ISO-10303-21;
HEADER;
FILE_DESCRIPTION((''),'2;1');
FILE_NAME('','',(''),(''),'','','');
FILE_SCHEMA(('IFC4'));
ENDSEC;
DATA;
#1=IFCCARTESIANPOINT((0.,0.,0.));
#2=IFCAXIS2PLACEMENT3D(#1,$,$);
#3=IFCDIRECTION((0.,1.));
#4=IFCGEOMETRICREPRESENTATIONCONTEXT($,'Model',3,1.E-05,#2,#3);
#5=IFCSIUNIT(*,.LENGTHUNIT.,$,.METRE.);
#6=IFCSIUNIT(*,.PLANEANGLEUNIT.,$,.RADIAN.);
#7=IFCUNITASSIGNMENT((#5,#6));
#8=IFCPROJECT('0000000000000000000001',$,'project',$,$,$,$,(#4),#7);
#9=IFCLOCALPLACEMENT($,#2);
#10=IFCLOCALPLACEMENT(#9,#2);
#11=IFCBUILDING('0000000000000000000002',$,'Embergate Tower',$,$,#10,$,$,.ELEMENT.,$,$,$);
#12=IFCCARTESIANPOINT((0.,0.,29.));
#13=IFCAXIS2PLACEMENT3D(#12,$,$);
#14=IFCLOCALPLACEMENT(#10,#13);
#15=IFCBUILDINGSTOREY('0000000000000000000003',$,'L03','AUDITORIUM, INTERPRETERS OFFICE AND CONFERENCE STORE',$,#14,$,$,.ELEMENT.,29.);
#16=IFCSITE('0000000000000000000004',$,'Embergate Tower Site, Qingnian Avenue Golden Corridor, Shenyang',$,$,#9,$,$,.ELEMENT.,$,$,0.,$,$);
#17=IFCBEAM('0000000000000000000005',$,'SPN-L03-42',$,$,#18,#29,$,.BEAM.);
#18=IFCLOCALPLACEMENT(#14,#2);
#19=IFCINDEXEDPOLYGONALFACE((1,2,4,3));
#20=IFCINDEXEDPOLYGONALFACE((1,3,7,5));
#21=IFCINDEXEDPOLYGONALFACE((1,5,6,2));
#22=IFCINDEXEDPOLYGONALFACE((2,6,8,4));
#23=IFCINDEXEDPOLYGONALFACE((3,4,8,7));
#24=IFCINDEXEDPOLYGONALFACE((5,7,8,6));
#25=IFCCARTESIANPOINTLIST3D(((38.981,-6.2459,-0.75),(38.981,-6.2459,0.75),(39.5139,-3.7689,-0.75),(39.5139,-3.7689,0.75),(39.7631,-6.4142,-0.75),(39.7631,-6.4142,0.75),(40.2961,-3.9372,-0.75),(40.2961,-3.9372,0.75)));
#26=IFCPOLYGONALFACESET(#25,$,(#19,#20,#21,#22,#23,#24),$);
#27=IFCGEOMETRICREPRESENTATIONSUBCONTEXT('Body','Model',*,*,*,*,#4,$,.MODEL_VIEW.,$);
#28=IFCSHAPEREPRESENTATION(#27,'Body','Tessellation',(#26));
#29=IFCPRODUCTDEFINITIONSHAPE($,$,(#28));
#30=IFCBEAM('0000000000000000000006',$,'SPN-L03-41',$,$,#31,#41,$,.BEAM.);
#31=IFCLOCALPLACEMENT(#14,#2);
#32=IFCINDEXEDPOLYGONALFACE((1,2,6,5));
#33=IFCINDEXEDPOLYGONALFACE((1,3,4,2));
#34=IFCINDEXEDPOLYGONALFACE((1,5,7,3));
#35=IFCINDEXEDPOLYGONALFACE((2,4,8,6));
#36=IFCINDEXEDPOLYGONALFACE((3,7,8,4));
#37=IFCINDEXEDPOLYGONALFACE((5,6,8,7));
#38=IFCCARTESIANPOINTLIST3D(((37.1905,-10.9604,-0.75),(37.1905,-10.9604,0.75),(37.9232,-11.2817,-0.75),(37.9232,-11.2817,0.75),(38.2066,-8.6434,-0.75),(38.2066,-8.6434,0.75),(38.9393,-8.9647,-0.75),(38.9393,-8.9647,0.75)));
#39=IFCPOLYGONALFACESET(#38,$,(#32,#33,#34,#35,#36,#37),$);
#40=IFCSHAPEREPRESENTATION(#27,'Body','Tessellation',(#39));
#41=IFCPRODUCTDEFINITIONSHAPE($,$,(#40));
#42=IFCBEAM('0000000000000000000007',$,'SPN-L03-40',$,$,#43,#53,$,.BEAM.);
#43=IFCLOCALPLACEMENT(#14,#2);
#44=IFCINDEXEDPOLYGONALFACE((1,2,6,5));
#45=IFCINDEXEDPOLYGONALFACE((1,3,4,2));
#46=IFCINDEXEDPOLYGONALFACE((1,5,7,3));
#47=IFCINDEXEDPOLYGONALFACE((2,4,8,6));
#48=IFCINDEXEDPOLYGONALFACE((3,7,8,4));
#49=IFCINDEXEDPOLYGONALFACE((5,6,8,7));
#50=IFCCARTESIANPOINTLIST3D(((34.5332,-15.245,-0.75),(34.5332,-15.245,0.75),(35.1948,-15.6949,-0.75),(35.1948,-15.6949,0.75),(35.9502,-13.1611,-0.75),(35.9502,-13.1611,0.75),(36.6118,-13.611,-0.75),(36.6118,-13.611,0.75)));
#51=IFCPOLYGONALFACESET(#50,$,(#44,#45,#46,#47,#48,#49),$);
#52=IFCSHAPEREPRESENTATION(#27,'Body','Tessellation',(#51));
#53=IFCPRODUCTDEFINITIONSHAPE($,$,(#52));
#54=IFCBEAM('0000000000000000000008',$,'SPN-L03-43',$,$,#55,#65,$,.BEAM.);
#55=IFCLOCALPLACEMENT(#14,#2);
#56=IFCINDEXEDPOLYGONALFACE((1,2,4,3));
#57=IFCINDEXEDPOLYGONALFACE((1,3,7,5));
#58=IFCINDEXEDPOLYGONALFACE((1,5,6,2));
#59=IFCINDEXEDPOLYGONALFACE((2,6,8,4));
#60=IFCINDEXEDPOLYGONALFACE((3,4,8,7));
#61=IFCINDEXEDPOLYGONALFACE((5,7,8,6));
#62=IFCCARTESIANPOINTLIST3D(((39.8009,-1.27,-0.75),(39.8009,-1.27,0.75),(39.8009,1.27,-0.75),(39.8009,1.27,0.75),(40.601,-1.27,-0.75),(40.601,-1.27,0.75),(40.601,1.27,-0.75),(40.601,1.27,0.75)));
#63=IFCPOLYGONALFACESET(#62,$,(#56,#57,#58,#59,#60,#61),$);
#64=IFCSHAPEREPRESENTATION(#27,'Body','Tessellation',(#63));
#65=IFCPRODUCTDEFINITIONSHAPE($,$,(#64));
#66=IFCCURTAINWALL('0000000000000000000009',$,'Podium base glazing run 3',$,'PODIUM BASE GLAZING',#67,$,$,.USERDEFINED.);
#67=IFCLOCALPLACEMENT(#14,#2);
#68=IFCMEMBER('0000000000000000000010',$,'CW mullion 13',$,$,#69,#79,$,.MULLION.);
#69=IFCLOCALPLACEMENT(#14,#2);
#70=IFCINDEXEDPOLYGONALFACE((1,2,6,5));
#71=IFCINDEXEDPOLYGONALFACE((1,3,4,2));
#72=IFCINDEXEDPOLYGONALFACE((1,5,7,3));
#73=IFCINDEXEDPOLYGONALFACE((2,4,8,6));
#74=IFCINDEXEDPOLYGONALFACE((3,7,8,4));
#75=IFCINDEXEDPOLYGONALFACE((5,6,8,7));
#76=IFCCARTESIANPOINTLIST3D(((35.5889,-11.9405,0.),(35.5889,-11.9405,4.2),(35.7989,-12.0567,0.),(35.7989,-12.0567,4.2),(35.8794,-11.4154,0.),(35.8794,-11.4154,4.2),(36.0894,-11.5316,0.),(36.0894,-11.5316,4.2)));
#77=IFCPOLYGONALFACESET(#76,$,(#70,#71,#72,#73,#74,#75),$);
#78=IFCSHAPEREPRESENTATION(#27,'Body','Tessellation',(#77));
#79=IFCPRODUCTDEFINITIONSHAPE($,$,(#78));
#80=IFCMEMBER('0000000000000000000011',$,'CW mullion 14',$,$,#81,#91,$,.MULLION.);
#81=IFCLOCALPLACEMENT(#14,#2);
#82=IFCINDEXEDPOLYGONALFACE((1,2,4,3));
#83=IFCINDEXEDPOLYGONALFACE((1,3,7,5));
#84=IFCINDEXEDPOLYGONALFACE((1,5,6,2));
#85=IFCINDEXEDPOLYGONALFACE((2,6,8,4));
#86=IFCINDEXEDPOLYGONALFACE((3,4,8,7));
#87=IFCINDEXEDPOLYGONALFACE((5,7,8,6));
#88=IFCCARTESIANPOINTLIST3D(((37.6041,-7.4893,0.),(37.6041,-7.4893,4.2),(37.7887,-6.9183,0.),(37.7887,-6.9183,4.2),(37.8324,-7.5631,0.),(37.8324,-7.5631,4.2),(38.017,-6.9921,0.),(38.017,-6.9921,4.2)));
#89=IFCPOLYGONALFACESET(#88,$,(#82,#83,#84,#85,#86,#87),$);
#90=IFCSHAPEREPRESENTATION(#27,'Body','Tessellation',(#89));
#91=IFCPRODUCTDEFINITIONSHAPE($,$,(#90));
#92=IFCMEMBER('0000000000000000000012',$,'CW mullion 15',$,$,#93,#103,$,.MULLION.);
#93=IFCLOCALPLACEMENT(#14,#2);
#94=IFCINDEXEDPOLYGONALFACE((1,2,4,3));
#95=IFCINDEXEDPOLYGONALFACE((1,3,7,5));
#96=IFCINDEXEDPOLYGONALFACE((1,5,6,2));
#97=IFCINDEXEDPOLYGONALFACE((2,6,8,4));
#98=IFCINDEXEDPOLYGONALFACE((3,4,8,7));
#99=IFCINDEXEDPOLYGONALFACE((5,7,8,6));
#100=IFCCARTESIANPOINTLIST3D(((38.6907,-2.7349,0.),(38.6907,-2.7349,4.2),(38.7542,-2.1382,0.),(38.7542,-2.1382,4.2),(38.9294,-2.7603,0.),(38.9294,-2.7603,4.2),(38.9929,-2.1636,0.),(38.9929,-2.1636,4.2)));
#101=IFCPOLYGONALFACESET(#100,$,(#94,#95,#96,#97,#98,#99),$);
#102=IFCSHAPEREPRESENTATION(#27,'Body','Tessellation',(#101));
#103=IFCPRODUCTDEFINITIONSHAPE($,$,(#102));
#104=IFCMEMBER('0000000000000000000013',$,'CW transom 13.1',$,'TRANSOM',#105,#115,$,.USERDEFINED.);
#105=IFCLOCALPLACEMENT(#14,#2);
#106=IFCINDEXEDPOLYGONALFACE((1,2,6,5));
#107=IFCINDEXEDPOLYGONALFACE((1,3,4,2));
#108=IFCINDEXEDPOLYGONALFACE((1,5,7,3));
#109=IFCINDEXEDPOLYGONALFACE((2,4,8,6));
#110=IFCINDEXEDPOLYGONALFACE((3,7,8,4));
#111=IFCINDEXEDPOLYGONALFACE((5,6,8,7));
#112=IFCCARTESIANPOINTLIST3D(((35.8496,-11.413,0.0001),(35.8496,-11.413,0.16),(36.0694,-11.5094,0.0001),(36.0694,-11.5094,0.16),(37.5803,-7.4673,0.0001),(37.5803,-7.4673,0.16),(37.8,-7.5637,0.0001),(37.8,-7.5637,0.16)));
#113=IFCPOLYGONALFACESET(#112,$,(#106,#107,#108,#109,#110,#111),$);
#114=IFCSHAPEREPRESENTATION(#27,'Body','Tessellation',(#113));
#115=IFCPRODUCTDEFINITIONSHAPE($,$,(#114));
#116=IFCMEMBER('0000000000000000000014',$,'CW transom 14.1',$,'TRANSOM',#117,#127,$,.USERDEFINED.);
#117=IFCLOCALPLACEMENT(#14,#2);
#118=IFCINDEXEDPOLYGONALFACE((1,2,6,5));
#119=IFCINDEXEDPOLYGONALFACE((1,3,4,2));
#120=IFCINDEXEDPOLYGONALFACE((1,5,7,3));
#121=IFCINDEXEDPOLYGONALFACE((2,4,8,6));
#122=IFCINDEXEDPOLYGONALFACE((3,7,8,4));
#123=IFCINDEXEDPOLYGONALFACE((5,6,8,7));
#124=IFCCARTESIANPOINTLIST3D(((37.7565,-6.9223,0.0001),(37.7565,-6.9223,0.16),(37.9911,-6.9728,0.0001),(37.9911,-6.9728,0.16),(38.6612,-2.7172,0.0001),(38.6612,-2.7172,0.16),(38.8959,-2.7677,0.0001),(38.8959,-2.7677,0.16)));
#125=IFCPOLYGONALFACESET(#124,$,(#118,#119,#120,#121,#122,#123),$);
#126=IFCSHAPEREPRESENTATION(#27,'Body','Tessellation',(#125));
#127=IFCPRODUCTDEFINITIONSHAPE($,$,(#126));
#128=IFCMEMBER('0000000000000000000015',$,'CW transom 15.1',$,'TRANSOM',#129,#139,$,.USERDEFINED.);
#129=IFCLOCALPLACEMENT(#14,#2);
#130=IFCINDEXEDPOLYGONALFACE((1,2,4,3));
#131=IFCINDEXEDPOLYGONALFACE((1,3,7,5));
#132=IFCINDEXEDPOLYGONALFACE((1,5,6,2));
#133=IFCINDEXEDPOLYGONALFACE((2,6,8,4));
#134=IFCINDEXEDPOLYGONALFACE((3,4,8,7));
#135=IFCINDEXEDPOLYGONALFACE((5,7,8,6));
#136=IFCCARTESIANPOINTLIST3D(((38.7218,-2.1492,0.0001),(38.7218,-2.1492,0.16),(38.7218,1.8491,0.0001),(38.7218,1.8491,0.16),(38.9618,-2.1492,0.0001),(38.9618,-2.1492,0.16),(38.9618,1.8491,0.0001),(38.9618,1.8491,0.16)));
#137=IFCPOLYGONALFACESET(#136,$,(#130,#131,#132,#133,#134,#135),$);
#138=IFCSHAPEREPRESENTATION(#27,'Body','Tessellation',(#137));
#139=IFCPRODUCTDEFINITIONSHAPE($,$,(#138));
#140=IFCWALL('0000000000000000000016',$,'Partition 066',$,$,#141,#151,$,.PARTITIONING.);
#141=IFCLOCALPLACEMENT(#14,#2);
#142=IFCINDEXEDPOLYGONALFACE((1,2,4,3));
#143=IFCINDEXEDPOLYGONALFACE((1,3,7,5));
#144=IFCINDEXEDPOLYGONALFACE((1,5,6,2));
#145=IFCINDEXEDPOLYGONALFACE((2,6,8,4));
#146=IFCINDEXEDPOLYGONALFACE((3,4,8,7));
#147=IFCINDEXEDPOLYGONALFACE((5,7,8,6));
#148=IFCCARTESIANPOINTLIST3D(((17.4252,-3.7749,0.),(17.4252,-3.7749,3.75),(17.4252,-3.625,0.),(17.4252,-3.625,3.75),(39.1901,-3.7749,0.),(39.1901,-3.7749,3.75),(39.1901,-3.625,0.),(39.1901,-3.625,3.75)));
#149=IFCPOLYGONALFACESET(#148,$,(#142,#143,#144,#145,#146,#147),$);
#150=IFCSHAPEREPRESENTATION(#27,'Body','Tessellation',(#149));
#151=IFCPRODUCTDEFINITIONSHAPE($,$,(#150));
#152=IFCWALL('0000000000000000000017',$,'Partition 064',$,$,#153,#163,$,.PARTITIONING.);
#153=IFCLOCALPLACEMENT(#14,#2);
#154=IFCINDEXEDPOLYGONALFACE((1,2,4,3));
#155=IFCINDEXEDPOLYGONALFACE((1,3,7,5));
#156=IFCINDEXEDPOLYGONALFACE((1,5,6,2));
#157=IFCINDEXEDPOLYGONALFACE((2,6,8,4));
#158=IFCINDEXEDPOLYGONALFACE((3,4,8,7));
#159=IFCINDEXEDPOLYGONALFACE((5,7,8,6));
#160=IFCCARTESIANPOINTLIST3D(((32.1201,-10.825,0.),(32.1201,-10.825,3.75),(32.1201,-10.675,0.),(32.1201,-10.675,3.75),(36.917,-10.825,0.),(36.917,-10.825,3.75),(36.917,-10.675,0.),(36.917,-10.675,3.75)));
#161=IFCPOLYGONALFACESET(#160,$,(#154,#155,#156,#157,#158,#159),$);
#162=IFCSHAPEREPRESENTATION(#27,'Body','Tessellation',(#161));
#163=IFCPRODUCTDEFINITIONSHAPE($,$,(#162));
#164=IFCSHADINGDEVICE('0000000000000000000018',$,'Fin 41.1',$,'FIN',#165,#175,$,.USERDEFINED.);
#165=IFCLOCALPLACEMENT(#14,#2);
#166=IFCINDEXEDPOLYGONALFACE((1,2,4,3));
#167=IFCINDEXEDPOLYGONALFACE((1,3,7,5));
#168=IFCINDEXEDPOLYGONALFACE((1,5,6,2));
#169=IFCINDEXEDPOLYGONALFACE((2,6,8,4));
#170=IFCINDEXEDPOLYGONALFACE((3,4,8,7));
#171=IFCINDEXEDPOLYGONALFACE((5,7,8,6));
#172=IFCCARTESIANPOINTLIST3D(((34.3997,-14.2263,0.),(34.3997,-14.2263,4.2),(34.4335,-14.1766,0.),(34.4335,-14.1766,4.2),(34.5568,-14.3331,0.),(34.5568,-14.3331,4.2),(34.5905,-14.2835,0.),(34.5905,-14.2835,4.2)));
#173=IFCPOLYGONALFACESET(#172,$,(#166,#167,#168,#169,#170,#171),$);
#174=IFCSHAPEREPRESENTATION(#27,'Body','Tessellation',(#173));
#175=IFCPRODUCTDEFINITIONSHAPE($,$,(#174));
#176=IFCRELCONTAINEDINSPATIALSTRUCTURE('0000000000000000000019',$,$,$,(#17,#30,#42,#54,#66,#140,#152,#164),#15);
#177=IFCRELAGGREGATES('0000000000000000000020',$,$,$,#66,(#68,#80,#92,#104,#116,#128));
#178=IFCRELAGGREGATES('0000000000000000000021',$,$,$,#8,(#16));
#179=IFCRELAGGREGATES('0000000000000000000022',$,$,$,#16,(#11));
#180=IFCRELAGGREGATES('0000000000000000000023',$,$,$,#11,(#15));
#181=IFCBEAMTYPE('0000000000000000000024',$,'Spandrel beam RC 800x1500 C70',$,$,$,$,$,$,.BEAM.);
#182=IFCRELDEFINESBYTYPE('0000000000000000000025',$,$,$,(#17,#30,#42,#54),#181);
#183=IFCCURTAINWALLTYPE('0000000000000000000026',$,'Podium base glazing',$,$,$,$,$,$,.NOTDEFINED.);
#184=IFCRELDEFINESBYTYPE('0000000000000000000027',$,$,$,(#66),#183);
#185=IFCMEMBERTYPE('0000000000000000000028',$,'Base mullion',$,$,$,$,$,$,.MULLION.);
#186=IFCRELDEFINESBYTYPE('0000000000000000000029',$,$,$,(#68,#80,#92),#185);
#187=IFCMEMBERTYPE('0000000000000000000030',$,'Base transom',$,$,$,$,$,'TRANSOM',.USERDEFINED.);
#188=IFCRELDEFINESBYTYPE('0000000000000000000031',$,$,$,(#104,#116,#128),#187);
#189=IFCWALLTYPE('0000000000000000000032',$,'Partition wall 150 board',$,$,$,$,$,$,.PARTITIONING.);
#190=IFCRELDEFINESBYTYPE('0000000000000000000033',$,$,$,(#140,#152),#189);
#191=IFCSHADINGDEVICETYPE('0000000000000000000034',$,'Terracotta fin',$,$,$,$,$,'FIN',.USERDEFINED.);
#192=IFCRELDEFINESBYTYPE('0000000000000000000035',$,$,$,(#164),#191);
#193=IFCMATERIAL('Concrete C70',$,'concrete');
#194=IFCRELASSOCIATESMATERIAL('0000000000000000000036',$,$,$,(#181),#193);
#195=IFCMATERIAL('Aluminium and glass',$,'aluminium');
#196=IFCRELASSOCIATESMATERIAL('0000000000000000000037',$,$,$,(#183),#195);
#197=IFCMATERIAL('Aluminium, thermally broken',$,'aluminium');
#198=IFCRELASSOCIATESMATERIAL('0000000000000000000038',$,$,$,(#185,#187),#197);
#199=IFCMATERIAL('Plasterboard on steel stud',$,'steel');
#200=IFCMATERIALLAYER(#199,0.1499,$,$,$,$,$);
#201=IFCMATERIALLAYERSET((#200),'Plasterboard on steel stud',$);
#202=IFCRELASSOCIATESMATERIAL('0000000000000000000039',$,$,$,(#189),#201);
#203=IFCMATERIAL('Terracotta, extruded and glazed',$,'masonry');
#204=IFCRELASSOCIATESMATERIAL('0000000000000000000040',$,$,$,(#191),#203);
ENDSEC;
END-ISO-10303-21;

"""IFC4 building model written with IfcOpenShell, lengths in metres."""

from ifc_helpers import new_model, si_unit, direction, frame, frame_2d, origin, origin_2d, place, context, subcontext, project, spatial, rectangle, extrude, source, transform, mapped, material, layer, layer_set, material_profile, profile_set, type_object, element, aggregate, save


model = new_model("IFC4")

# Units and contexts
model_context = context("Model", 3, precision=1e-05, world=origin(), true_north=direction((0.0, 1.0)))
body_context = subcontext(model_context, "Body", "Model", "MODEL_VIEW")
ifc_project = project(units=[si_unit("LENGTHUNIT", "METRE"), si_unit("PLANEANGLEUNIT", "RADIAN")], contexts=[model_context])

# Site, building, storey
site_placement = place(None, origin())
site = spatial("IfcSite", under=ifc_project, at=site_placement, Name="Embergate Tower Site, Qingnian Avenue Golden Corridor, Shenyang", CompositionType="ELEMENT", RefElevation=0.0)
building_placement = place(site_placement, origin())
building = spatial("IfcBuilding", under=site, at=building_placement, Name="Embergate Tower", CompositionType="ELEMENT")
storey_placement = place(building_placement, frame((0.0, 0.0, 29.0)))
storey = spatial("IfcBuildingStorey", under=building, at=storey_placement, Name="L03", Description="AUDITORIUM, INTERPRETERS OFFICE AND CONFERENCE STORE", CompositionType="ELEMENT", Elevation=29.0)

# Beams
ifc_material_1 = material(Name="Concrete C70", Category="concrete")
ifc_material_profile_1 = material_profile(ifc_material_1, rectangle(XDim=0.8, YDim=1.5, at=origin_2d()), Name="RC 800x1500")
ifc_profile_set_1 = profile_set([ifc_material_profile_1], Name="Concrete C70")
beam_type = type_object("IfcBeamType", Name="Spandrel beam RC 800x1500 C70", PredefinedType="BEAM", material=ifc_profile_set_1)
shared_shape_1 = source(origin(), body_context, "Body", "SweptSolid", [
    extrude(rectangle(XDim=0.8, YDim=1.5, at=origin_2d()), origin(), (0.0, 0.0, 1.0), 2.5337),
])
beam_1_placement = place(storey_placement, frame((39.3721, -6.3301, 0.0), z_axis=(0.210345, 0.977627, 0.0), x_axis=(-0.977627, 0.210345, 0.0)))
element("IfcBeam", 1, at=beam_1_placement, inside=storey, type_object=beam_type, Name="SPN-L03-42", PredefinedType="BEAM", context=body_context, shape_type="MappedRepresentation", body=[
    mapped(shared_shape_1, transform((0.0, 0.0, 0.0))),
])
shared_shape_2 = source(origin(), body_context, "Body", "SweptSolid", [
    extrude(rectangle(XDim=0.8, YDim=1.5, at=origin_2d()), origin(), (0.0, 0.0, 1.0), 2.53),
])
beam_2_placement = place(storey_placement, frame((37.5569, -11.1211, 0.0), z_axis=(0.401603, 0.915814, 0.0), x_axis=(-0.915814, 0.401603, 0.0)))
element("IfcBeam", 2, at=beam_2_placement, inside=storey, type_object=beam_type, Name="SPN-L03-41", PredefinedType="BEAM", context=body_context, shape_type="MappedRepresentation", body=[
    mapped(shared_shape_2, transform((0.0, 0.0, 0.0))),
])
shared_shape_3 = source(origin(), body_context, "Body", "SweptSolid", [
    extrude(rectangle(XDim=0.8, YDim=1.5, at=origin_2d()), origin(), (0.0, 0.0, 1.0), 2.52),
])
beam_3_placement = place(storey_placement, frame((34.864, -15.47, 0.0), z_axis=(0.562278, 0.826948, 0.0), x_axis=(-0.826948, 0.562278, 0.0)))
element("IfcBeam", 3, at=beam_3_placement, inside=storey, type_object=beam_type, Name="SPN-L03-40", PredefinedType="BEAM", context=body_context, shape_type="MappedRepresentation", body=[
    mapped(shared_shape_3, transform((0.0, 0.0, 0.0))),
])
shared_shape_4 = source(origin(), body_context, "Body", "SweptSolid", [
    extrude(rectangle(XDim=0.8, YDim=1.5, at=origin_2d()), origin(), (0.0, 0.0, 1.0), 2.54),
])
beam_4_placement = place(storey_placement, frame((40.2009, -1.27, 0.0), z_axis=(0.0, 1.0, 0.0), x_axis=(-1.0, 0.0, 0.0)))
element("IfcBeam", 4, at=beam_4_placement, inside=storey, type_object=beam_type, Name="SPN-L03-43", PredefinedType="BEAM", context=body_context, shape_type="MappedRepresentation", body=[
    mapped(shared_shape_4, transform((0.0, 0.0, 0.0))),
])

# Curtain wall, members
ifc_material_2 = material(Name="Aluminium and glass", Category="aluminium")
curtain_wall_type = type_object("IfcCurtainWallType", Name="Podium base glazing", PredefinedType="NOTDEFINED", material=ifc_material_2)
curtain_wall_placement = place(storey_placement, origin())
curtain_wall = element("IfcCurtainWall", 5, at=curtain_wall_placement, inside=storey, type_object=curtain_wall_type, Name="Podium base glazing run 3", ObjectType="PODIUM BASE GLAZING", PredefinedType="USERDEFINED")
ifc_material_3 = material(Name="Aluminium, thermally broken", Category="aluminium")
ifc_material_profile_2 = material_profile(ifc_material_3, rectangle(XDim=0.24, YDim=0.6001, at=origin_2d()), Name="AL 600x240")
ifc_profile_set_2 = profile_set([ifc_material_profile_2], Name="Aluminium, thermally broken")
member_type_1 = type_object("IfcMemberType", Name="Base mullion", PredefinedType="MULLION", material=ifc_profile_set_2)
shared_shape_5 = source(origin(), body_context, "Body", "SweptSolid", [
    extrude(rectangle(XDim=0.24, YDim=0.6001, at=origin_2d()), origin(), (0.0, 0.0, 1.0), 4.2),
])
member_1_placement = place(storey_placement, frame((35.8391, -11.7361, 0.0), z_axis=(0.0, 0.0, 1.0), x_axis=(-0.875007, 0.48411, 0.0)))
member_1 = element("IfcMember", 6, at=member_1_placement, type_object=member_type_1, Name="CW mullion 13", PredefinedType="MULLION", context=body_context, shape_type="MappedRepresentation", body=[
    mapped(shared_shape_5, transform((0.0, 0.0, 0.0))),
])
member_2_placement = place(storey_placement, frame((37.8105, -7.2407, 0.0), z_axis=(0.0, 0.0, 1.0), x_axis=(-0.9515, 0.307649, 0.0)))
member_2 = element("IfcMember", 7, at=member_2_placement, type_object=member_type_1, Name="CW mullion 14", PredefinedType="MULLION", context=body_context, shape_type="MappedRepresentation", body=[
    mapped(shared_shape_5, transform((0.0, 0.0, 0.0))),
])
member_3_placement = place(storey_placement, frame((38.8418, -2.4492, 0.0), z_axis=(0.0, 0.0, 1.0), x_axis=(-0.994385, 0.105822, 0.0)))
member_3 = element("IfcMember", 8, at=member_3_placement, type_object=member_type_1, Name="CW mullion 15", PredefinedType="MULLION", context=body_context, shape_type="MappedRepresentation", body=[
    mapped(shared_shape_5, transform((0.0, 0.0, 0.0))),
])
ifc_material_profile_3 = material_profile(ifc_material_3, rectangle(XDim=0.24, YDim=0.1599, at=origin_2d()), Name="AL 160x240")
ifc_profile_set_3 = profile_set([ifc_material_profile_3], Name="Aluminium, thermally broken")
member_type_2 = type_object("IfcMemberType", Name="Base transom", ElementType="TRANSOM", PredefinedType="USERDEFINED", material=ifc_profile_set_3)
shared_shape_6 = source(origin(), body_context, "Body", "SweptSolid", [
    extrude(rectangle(XDim=0.24, YDim=0.1599, at=origin_2d()), origin(), (0.0, 0.0, 1.0), 4.3086),
])
member_4_placement = place(storey_placement, frame((35.9595, -11.4612, 0.0801), z_axis=(0.401681, 0.91578, 0.0), x_axis=(-0.91578, 0.401681, 0.0)))
member_4 = element("IfcMember", 9, at=member_4_placement, type_object=member_type_2, Name="CW transom 13.1", ObjectType="TRANSOM", PredefinedType="USERDEFINED", context=body_context, shape_type="MappedRepresentation", body=[
    mapped(shared_shape_6, transform((0.0, 0.0, 0.0))),
])
shared_shape_7 = source(origin(), body_context, "Body", "SweptSolid", [
    extrude(rectangle(XDim=0.24, YDim=0.1599, at=origin_2d()), origin(), (0.0, 0.0, 1.0), 4.3013),
])
member_5_placement = place(storey_placement, frame((37.8738, -6.9475, 0.0801), z_axis=(0.210351, 0.977626, 0.0), x_axis=(-0.977626, 0.210351, 0.0)))
member_5 = element("IfcMember", 10, at=member_5_placement, type_object=member_type_2, Name="CW transom 14.1", ObjectType="TRANSOM", PredefinedType="USERDEFINED", context=body_context, shape_type="MappedRepresentation", body=[
    mapped(shared_shape_7, transform((0.0, 0.0, 0.0))),
])
shared_shape_8 = source(origin(), body_context, "Body", "SweptSolid", [
    extrude(rectangle(XDim=0.24, YDim=0.1599, at=origin_2d()), origin(), (0.0, 0.0, 1.0), 3.9983),
])
member_6_placement = place(storey_placement, frame((38.8418, -2.1492, 0.0801), z_axis=(0.0, 1.0, 0.0), x_axis=(-1.0, 0.0, 0.0)))
member_6 = element("IfcMember", 11, at=member_6_placement, type_object=member_type_2, Name="CW transom 15.1", ObjectType="TRANSOM", PredefinedType="USERDEFINED", context=body_context, shape_type="MappedRepresentation", body=[
    mapped(shared_shape_8, transform((0.0, 0.0, 0.0))),
])
aggregate(curtain_wall, [member_1, member_2, member_3, member_4, member_5, member_6])

# Walls
ifc_material_4 = material(Name="Plasterboard on steel stud", Category="steel")
ifc_layer = layer(ifc_material_4, 0.1499)
ifc_layer_set = layer_set([ifc_layer], Name="Plasterboard on steel stud")
wall_type = type_object("IfcWallType", Name="Partition wall 150 board", PredefinedType="PARTITIONING", material=ifc_layer_set)
shared_shape_9 = source(origin(), body_context, "Body", "SweptSolid", [
    extrude(rectangle(XDim=21.7649, YDim=0.1499, at=frame_2d((10.8823, 0.0))), origin(), (0.0, 0.0, 1.0), 3.75),
])
wall_1_placement = place(storey_placement, frame((39.1899, -3.7, 0.0), z_axis=(0.0, 0.0, 1.0), x_axis=(-1.0, 0.0, 0.0)))
element("IfcWall", 12, at=wall_1_placement, inside=storey, type_object=wall_type, Name="Partition 066", PredefinedType="PARTITIONING", context=body_context, shape_type="MappedRepresentation", body=[
    mapped(shared_shape_9, transform((0.0, 0.0, 0.0))),
])
shared_shape_10 = source(origin(), body_context, "Body", "SweptSolid", [
    extrude(rectangle(XDim=4.7969, YDim=0.1499, at=frame_2d((2.3984, 0.0))), origin(), (0.0, 0.0, 1.0), 3.75),
])
wall_2_placement = place(storey_placement, frame((36.917, -10.75, 0.0), z_axis=(0.0, 0.0, 1.0), x_axis=(-1.0, 0.0, 0.0)))
element("IfcWall", 13, at=wall_2_placement, inside=storey, type_object=wall_type, Name="Partition 064", PredefinedType="PARTITIONING", context=body_context, shape_type="MappedRepresentation", body=[
    mapped(shared_shape_10, transform((0.0, 0.0, 0.0))),
])

# Shading device
ifc_material_5 = material(Name="Terracotta, extruded and glazed", Category="masonry")
ifc_material_profile_4 = material_profile(ifc_material_5, rectangle(XDim=0.1899, YDim=0.0601, at=origin_2d()), Name="TC 190x60")
ifc_profile_set_4 = profile_set([ifc_material_profile_4], Name="Terracotta, extruded and glazed")
shading_device_type = type_object("IfcShadingDeviceType", Name="Terracotta fin", ElementType="FIN", PredefinedType="USERDEFINED", material=ifc_profile_set_4)
shared_shape_11 = source(origin(), body_context, "Body", "SweptSolid", [
    extrude(rectangle(XDim=0.1899, YDim=0.0601, at=origin_2d()), origin(), (0.0, 0.0, 1.0), 4.2),
])
for number, where, z_axis, x_axis, name in (
    (14, (34.4951, -14.2549, 0.0), (0.0, 0.0, 1.0), (-0.826911, 0.562333, 0.0), "Fin 41.1"),
):
    element("IfcShadingDevice", number, at=place(storey_placement, frame(where, z_axis=z_axis, x_axis=x_axis)), inside=storey, type_object=shading_device_type, Name=name, ObjectType="FIN", PredefinedType="USERDEFINED", context=body_context, shape_type="MappedRepresentation", body=[
        mapped(shared_shape_11, transform((0.0, 0.0, 0.0))),
    ])

save(model, "model.ifc")
